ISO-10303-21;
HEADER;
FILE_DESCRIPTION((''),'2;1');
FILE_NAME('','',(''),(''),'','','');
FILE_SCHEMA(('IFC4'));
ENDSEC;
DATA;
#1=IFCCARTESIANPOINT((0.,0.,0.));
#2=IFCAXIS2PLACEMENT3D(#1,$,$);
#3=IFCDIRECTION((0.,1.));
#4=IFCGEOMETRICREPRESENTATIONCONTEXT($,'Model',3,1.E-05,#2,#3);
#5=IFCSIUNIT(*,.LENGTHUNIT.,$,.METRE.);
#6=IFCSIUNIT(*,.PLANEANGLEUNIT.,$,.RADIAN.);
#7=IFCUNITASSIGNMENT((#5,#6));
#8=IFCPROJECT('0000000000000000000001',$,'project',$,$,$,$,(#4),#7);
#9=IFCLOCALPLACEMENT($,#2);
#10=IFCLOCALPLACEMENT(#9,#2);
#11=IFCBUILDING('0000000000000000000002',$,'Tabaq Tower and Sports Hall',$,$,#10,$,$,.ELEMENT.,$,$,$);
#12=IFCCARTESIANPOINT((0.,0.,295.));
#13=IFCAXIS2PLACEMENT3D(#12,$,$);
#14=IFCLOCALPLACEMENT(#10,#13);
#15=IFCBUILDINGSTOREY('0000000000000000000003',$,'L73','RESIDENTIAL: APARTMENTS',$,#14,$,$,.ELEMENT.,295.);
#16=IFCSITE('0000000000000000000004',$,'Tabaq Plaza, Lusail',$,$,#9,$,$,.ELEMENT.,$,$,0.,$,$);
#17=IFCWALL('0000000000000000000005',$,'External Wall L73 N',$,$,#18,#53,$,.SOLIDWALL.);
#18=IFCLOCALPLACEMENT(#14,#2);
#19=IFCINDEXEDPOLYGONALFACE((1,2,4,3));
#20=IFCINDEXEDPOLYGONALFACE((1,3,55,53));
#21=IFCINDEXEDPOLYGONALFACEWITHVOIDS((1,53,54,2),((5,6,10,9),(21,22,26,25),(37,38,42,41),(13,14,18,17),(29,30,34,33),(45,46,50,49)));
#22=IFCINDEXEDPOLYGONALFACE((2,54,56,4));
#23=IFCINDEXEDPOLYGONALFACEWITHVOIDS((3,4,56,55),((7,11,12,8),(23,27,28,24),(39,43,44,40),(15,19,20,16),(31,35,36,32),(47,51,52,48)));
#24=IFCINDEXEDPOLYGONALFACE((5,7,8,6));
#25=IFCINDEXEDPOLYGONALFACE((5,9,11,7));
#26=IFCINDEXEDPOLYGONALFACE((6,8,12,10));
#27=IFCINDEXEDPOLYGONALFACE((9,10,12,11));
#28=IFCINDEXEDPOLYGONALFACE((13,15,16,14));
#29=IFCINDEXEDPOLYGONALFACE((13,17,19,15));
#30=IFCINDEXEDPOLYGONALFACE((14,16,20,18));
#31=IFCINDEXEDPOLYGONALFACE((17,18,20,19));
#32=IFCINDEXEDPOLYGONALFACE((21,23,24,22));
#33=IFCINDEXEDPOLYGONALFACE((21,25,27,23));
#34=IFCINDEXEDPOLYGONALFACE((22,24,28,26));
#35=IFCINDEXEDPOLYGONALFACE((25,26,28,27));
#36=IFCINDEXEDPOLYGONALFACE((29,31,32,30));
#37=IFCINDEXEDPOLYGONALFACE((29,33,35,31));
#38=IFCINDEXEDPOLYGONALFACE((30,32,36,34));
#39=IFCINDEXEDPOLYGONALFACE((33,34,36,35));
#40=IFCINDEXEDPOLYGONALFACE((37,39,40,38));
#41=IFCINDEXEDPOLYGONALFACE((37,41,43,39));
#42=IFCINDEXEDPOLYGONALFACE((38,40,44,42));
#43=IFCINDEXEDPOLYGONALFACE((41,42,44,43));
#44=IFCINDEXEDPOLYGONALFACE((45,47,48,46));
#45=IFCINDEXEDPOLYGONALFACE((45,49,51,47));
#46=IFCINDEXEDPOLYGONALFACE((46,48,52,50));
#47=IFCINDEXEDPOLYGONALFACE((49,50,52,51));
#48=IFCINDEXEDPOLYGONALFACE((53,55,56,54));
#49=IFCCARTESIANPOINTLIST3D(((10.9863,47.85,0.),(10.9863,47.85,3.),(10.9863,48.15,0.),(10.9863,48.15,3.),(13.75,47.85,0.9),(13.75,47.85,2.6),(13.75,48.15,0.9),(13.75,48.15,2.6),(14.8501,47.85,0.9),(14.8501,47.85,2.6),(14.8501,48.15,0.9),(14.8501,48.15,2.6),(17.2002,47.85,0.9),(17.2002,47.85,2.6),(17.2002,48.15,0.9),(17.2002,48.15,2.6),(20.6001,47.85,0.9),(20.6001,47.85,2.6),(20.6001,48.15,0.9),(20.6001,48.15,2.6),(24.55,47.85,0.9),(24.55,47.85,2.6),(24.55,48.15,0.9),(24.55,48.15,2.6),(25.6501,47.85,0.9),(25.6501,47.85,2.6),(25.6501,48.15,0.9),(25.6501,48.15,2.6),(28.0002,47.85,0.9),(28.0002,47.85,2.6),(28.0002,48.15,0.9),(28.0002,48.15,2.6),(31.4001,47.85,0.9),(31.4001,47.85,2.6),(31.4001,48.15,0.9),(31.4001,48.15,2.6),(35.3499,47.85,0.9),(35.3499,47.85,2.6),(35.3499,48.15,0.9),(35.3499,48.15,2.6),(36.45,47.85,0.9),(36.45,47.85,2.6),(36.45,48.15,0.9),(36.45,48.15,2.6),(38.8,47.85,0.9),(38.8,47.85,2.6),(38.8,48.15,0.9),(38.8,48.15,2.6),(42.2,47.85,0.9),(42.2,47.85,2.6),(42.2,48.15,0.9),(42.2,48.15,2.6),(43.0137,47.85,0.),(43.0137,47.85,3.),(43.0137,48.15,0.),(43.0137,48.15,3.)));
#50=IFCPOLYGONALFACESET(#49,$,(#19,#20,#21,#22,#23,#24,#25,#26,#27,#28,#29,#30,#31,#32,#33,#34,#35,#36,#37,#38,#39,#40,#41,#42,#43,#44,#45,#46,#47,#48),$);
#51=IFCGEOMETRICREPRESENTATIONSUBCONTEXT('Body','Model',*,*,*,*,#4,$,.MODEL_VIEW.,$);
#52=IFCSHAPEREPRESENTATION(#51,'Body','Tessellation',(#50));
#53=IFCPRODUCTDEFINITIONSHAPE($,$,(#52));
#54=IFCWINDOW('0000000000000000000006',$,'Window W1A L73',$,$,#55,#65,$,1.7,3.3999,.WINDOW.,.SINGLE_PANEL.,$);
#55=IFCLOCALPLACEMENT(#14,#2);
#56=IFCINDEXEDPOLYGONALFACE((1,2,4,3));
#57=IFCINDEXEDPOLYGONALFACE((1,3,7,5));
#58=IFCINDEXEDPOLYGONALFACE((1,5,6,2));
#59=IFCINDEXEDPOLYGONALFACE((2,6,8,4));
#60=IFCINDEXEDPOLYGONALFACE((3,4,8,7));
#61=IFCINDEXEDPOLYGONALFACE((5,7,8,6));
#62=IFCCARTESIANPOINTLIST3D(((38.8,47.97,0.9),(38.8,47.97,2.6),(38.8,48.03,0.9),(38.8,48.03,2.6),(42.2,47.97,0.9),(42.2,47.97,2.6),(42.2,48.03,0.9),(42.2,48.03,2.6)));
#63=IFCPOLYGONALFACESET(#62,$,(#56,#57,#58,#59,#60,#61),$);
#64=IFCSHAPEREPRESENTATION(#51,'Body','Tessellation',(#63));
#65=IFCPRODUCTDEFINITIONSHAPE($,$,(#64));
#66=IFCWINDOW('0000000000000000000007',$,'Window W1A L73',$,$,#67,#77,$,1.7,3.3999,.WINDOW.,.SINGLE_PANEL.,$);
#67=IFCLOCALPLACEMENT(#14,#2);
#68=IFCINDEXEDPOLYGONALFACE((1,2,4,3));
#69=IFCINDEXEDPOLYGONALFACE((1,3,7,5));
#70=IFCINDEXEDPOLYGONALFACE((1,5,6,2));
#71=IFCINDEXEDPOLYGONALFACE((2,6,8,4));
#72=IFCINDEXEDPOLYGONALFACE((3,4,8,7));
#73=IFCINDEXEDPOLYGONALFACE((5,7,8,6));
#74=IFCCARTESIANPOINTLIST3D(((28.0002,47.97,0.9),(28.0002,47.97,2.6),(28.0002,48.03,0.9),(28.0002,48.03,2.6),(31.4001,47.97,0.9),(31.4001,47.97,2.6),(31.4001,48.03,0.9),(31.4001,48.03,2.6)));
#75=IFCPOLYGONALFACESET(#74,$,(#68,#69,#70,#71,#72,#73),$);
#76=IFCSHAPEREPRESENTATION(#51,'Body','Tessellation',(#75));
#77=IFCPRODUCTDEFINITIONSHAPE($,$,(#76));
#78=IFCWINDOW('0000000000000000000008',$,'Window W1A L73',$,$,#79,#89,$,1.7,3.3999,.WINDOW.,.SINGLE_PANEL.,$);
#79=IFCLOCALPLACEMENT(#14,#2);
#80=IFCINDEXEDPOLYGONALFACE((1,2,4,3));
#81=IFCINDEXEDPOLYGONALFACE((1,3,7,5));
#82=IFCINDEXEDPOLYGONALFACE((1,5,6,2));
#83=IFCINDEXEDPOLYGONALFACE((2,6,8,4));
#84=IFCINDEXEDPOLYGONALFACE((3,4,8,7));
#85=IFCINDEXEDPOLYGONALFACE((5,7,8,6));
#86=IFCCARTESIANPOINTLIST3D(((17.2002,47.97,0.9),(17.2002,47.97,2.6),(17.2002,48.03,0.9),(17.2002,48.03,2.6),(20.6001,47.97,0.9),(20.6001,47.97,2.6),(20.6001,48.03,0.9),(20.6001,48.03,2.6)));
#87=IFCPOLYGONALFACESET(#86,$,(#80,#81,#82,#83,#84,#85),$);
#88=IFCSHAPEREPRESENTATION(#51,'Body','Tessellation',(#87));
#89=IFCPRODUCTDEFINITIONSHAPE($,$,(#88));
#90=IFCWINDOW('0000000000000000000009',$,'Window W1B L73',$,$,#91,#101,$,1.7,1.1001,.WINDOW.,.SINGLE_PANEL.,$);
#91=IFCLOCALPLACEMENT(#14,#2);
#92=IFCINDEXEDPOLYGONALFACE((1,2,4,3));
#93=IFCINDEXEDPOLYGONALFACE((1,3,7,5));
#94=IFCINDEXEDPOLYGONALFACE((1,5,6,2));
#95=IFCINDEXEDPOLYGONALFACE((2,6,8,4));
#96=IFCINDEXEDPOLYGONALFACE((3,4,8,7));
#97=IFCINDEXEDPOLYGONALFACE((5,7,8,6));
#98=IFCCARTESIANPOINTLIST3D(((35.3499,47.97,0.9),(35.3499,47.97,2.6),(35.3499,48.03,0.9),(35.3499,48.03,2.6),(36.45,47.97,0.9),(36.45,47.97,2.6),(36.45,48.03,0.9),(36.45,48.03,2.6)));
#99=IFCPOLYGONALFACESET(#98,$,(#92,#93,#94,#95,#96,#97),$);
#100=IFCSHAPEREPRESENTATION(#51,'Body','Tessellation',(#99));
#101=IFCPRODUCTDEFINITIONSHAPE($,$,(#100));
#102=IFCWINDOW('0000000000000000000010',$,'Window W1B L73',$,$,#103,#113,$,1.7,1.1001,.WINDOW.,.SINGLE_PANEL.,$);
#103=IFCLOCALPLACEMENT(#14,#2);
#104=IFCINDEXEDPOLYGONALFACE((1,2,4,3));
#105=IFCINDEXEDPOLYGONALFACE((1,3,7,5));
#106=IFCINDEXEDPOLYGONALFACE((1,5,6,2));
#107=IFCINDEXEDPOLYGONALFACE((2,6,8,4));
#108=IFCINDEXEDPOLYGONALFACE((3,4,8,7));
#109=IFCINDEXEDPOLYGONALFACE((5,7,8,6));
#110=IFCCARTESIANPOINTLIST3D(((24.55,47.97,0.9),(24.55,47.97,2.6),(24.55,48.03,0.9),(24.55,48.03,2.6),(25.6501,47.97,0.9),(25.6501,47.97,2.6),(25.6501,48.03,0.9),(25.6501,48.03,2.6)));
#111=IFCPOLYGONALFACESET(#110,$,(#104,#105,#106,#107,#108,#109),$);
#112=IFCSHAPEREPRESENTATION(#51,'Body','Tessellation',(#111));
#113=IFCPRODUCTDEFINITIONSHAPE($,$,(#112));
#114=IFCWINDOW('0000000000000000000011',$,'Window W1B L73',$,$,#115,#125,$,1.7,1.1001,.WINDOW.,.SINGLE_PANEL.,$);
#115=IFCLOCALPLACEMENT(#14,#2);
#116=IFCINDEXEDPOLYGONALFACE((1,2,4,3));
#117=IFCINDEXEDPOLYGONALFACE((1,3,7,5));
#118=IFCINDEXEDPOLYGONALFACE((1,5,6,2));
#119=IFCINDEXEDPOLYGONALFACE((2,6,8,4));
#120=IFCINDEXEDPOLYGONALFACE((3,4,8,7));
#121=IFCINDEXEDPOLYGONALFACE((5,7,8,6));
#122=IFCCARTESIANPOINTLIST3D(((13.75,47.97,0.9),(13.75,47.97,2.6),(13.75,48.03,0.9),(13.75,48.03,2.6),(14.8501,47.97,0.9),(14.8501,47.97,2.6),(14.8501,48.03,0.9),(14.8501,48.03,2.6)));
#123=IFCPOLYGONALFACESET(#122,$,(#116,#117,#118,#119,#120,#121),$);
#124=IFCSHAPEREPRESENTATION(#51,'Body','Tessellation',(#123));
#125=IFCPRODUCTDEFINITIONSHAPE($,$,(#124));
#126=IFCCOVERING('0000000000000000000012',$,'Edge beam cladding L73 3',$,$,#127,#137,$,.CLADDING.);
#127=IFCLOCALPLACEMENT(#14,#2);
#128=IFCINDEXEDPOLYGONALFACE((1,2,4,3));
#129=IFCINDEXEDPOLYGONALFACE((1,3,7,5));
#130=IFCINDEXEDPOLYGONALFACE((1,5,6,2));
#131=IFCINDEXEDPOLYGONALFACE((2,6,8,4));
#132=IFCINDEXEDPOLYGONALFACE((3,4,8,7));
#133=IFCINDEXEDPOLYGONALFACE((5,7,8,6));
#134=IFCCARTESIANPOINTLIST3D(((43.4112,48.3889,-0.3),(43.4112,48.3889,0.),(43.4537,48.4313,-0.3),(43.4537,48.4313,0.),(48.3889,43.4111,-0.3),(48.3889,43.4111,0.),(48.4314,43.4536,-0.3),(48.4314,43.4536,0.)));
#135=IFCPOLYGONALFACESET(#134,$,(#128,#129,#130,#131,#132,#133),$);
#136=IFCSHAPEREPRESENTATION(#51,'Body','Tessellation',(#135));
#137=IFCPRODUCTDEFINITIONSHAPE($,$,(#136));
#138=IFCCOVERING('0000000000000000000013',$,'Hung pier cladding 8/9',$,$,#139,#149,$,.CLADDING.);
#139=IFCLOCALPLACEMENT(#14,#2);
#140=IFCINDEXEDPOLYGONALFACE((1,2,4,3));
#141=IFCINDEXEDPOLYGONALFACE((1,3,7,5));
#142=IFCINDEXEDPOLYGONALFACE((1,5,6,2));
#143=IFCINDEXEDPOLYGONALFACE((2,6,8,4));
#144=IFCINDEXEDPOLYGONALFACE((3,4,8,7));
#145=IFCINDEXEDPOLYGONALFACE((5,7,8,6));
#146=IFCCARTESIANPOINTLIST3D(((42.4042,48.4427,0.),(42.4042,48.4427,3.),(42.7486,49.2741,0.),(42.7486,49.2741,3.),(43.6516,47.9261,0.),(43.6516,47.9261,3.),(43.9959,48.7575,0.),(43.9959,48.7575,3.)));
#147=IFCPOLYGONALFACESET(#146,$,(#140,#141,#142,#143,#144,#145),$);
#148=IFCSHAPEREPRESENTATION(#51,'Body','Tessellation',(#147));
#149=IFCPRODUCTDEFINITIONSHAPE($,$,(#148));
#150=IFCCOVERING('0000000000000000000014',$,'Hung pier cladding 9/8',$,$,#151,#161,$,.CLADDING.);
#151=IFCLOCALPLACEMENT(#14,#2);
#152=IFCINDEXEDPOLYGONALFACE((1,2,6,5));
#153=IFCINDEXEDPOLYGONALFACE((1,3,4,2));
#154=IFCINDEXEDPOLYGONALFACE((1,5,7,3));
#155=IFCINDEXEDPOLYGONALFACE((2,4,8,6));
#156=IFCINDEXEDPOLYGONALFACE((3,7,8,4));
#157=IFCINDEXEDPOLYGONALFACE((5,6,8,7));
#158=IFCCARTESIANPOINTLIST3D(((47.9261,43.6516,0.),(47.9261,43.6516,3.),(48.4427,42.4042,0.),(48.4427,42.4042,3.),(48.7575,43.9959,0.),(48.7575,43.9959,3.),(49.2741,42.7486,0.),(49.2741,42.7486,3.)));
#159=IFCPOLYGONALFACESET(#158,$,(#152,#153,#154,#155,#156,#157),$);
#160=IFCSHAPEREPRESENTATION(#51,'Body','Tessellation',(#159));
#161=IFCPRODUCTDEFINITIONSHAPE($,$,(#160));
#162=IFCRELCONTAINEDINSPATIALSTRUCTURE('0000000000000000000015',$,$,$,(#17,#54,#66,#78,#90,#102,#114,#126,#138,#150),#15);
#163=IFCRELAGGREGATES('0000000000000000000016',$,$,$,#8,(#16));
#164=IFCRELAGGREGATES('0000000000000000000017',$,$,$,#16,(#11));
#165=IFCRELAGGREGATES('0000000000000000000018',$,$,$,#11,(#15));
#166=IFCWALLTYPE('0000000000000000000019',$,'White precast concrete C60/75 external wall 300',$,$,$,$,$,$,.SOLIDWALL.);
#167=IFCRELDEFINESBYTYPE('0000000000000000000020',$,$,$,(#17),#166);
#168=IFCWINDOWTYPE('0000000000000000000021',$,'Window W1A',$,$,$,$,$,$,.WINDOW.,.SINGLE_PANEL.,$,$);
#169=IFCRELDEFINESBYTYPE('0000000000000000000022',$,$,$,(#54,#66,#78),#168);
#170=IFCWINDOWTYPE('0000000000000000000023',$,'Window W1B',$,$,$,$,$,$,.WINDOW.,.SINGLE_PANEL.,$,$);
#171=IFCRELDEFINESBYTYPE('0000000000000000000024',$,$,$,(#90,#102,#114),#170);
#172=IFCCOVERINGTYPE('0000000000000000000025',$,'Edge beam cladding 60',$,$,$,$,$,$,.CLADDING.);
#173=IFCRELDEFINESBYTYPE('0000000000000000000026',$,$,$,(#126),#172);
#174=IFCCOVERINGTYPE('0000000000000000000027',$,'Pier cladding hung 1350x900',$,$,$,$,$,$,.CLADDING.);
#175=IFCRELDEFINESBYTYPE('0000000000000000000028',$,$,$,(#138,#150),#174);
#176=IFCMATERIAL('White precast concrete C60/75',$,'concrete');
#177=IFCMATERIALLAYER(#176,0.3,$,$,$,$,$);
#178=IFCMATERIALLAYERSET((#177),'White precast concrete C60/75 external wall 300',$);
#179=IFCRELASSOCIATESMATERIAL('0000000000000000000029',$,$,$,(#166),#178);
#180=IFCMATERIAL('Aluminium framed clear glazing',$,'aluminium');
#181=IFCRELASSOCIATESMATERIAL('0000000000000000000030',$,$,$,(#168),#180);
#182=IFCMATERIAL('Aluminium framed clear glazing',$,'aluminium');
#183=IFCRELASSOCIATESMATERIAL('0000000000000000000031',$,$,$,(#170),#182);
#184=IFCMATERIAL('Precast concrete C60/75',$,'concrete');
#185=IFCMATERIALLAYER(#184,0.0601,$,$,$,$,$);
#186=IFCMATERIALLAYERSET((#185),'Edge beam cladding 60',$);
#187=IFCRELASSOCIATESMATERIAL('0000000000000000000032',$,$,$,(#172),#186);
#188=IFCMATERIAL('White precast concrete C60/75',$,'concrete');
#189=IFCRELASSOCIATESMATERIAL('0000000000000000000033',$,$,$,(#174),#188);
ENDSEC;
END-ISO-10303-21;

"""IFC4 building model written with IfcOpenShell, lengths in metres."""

from ifc_helpers import new_model, si_unit, direction, frame, frame_2d, origin, place, context, subcontext, project, spatial, rectangle, extrude, material, layer, layer_set, type_object, element, fill, save


model = new_model("IFC4")

# Units and contexts
model_context = context("Model", 3, precision=1e-05, world=origin(), true_north=direction((0.0, 1.0)))
body_context = subcontext(model_context, "Body", "Model", "MODEL_VIEW")
ifc_project = project(units=[si_unit("LENGTHUNIT", "METRE"), si_unit("PLANEANGLEUNIT", "RADIAN")], contexts=[model_context])

# Site, building, storey
site_placement = place(None, origin())
site = spatial("IfcSite", under=ifc_project, at=site_placement, Name="Tabaq Plaza, Lusail", CompositionType="ELEMENT", RefElevation=0.0)
building_placement = place(site_placement, origin())
building = spatial("IfcBuilding", under=site, at=building_placement, Name="Tabaq Tower and Sports Hall", CompositionType="ELEMENT")
storey_placement = place(building_placement, frame((0.0, 0.0, 295.0)))
storey = spatial("IfcBuildingStorey", under=building, at=storey_placement, Name="L73", Description="RESIDENTIAL: APARTMENTS", CompositionType="ELEMENT", Elevation=295.0)

# Shared definitions
ifc_material_1 = material(Name="White precast concrete C60/75", Category="concrete")
ifc_layer_1 = layer(ifc_material_1, 0.3)
ifc_layer_set_1 = layer_set([ifc_layer_1], Name="White precast concrete C60/75 external wall 300")
wall_type_1 = type_object("IfcWallType", Name="White precast concrete C60/75 external wall 300", PredefinedType="SOLIDWALL", material=ifc_layer_set_1)
ifc_material_2 = material(Name="Aluminium framed clear glazing", Category="aluminium")
window_type_1 = type_object("IfcWindowType", Name="Window W1A", PartitioningType="SINGLE_PANEL", PredefinedType="WINDOW", material=ifc_material_2)

# Wall, openings, windows
wall_1_placement = place(storey_placement, frame((43.0137, 48.0, 0.0), z_axis=(0.0, 0.0, 1.0), x_axis=(-1.0, 0.0, 0.0)))
wall_1 = element("IfcWall", 1, at=wall_1_placement, inside=storey, type_object=wall_type_1, Name="External Wall L73 N", PredefinedType="SOLIDWALL", context=body_context, shape_type="SweptSolid", body=[
    extrude(rectangle(XDim=32.0273, YDim=0.3, at=frame_2d((16.0137, 0.0))), origin(), (0.0, 0.0, 1.0), 3.0),
])
opening_1_placement = place(wall_1_placement, frame((0.8137, 0.0, 0.8999)))
opening_1 = element("IfcOpeningElement", 2, at=opening_1_placement, cuts=wall_1, PredefinedType="OPENING", context=body_context, shape_type="SweptSolid", body=[
    extrude(rectangle(XDim=3.3999, YDim=1.7, at=frame_2d((1.7, 0.8501))), frame((0.0, 0.1602, 0.0), z_axis=(0.0, -1.0, 0.0), x_axis=(1.0, 0.0, 0.0)), (0.0, 0.0, 1.0), 0.3201),
])
opening_2_placement = place(wall_1_placement, frame((6.5637, 0.0, 0.8999)))
opening_2 = element("IfcOpeningElement", 3, at=opening_2_placement, cuts=wall_1, PredefinedType="OPENING", context=body_context, shape_type="SweptSolid", body=[
    extrude(rectangle(XDim=1.1001, YDim=1.7, at=frame_2d((0.55, 0.8501))), frame((0.0, 0.1602, 0.0), z_axis=(0.0, -1.0, 0.0), x_axis=(1.0, 0.0, 0.0)), (0.0, 0.0, 1.0), 0.3201),
])
opening_3_placement = place(wall_1_placement, frame((11.6135, 0.0, 0.8999)))
opening_3 = element("IfcOpeningElement", 4, at=opening_3_placement, cuts=wall_1, PredefinedType="OPENING", context=body_context, shape_type="SweptSolid", body=[
    extrude(rectangle(XDim=3.3999, YDim=1.7, at=frame_2d((1.7, 0.8501))), frame((0.0, 0.1602, 0.0), z_axis=(0.0, -1.0, 0.0), x_axis=(1.0, 0.0, 0.0)), (0.0, 0.0, 1.0), 0.3201),
])
opening_4_placement = place(wall_1_placement, frame((17.3635, 0.0, 0.8999)))
opening_4 = element("IfcOpeningElement", 5, at=opening_4_placement, cuts=wall_1, PredefinedType="OPENING", context=body_context, shape_type="SweptSolid", body=[
    extrude(rectangle(XDim=1.1001, YDim=1.7, at=frame_2d((0.55, 0.8501))), frame((0.0, 0.1602, 0.0), z_axis=(0.0, -1.0, 0.0), x_axis=(1.0, 0.0, 0.0)), (0.0, 0.0, 1.0), 0.3201),
])
opening_5_placement = place(wall_1_placement, frame((22.4136, 0.0, 0.8999)))
opening_5 = element("IfcOpeningElement", 6, at=opening_5_placement, cuts=wall_1, PredefinedType="OPENING", context=body_context, shape_type="SweptSolid", body=[
    extrude(rectangle(XDim=3.3999, YDim=1.7, at=frame_2d((1.7, 0.8501))), frame((0.0, 0.1602, 0.0), z_axis=(0.0, -1.0, 0.0), x_axis=(1.0, 0.0, 0.0)), (0.0, 0.0, 1.0), 0.3201),
])
opening_6_placement = place(wall_1_placement, frame((28.1636, 0.0, 0.8999)))
opening_6 = element("IfcOpeningElement", 7, at=opening_6_placement, cuts=wall_1, PredefinedType="OPENING", context=body_context, shape_type="SweptSolid", body=[
    extrude(rectangle(XDim=1.1001, YDim=1.7, at=frame_2d((0.55, 0.8501))), frame((0.0, 0.1602, 0.0), z_axis=(0.0, -1.0, 0.0), x_axis=(1.0, 0.0, 0.0)), (0.0, 0.0, 1.0), 0.3201),
])
window_1_placement = place(opening_1_placement, origin())
window_1 = element("IfcWindow", 8, at=window_1_placement, inside=storey, type_object=window_type_1, Name="Window W1A L73", OverallHeight=1.7, OverallWidth=3.3999, PartitioningType="SINGLE_PANEL", PredefinedType="WINDOW", context=body_context, shape_type="SweptSolid", body=[
    extrude(rectangle(XDim=3.3999, YDim=1.7, at=frame_2d((1.7, 0.8501))), frame((0.0, 0.03, 0.0), z_axis=(0.0, -1.0, 0.0), x_axis=(1.0, 0.0, 0.0)), (0.0, 0.0, 1.0), 0.0601),
])
fill(opening_1, window_1)
window_2_placement = place(opening_3_placement, origin())
window_2 = element("IfcWindow", 9, at=window_2_placement, inside=storey, type_object=window_type_1, Name="Window W1A L73", OverallHeight=1.7, OverallWidth=3.3999, PartitioningType="SINGLE_PANEL", PredefinedType="WINDOW", context=body_context, shape_type="SweptSolid", body=[
    extrude(rectangle(XDim=3.3999, YDim=1.7, at=frame_2d((1.7, 0.8501))), frame((0.0, 0.03, 0.0), z_axis=(0.0, -1.0, 0.0), x_axis=(1.0, 0.0, 0.0)), (0.0, 0.0, 1.0), 0.0601),
])
fill(opening_3, window_2)
window_3_placement = place(opening_5_placement, origin())
window_3 = element("IfcWindow", 10, at=window_3_placement, inside=storey, type_object=window_type_1, Name="Window W1A L73", OverallHeight=1.7, OverallWidth=3.3999, PartitioningType="SINGLE_PANEL", PredefinedType="WINDOW", context=body_context, shape_type="SweptSolid", body=[
    extrude(rectangle(XDim=3.3999, YDim=1.7, at=frame_2d((1.7, 0.8501))), frame((0.0, 0.03, 0.0), z_axis=(0.0, -1.0, 0.0), x_axis=(1.0, 0.0, 0.0)), (0.0, 0.0, 1.0), 0.0601),
])
fill(opening_5, window_3)
ifc_material_3 = material(Name="Aluminium framed clear glazing", Category="aluminium")
window_type_2 = type_object("IfcWindowType", Name="Window W1B", PartitioningType="SINGLE_PANEL", PredefinedType="WINDOW", material=ifc_material_3)
window_4_placement = place(opening_2_placement, origin())
window_4 = element("IfcWindow", 11, at=window_4_placement, inside=storey, type_object=window_type_2, Name="Window W1B L73", OverallHeight=1.7, OverallWidth=1.1001, PartitioningType="SINGLE_PANEL", PredefinedType="WINDOW", context=body_context, shape_type="SweptSolid", body=[
    extrude(rectangle(XDim=1.1001, YDim=1.7, at=frame_2d((0.55, 0.8501))), frame((0.0, 0.03, 0.0), z_axis=(0.0, -1.0, 0.0), x_axis=(1.0, 0.0, 0.0)), (0.0, 0.0, 1.0), 0.0601),
])
fill(opening_2, window_4)
window_5_placement = place(opening_4_placement, origin())
window_5 = element("IfcWindow", 12, at=window_5_placement, inside=storey, type_object=window_type_2, Name="Window W1B L73", OverallHeight=1.7, OverallWidth=1.1001, PartitioningType="SINGLE_PANEL", PredefinedType="WINDOW", context=body_context, shape_type="SweptSolid", body=[
    extrude(rectangle(XDim=1.1001, YDim=1.7, at=frame_2d((0.55, 0.8501))), frame((0.0, 0.03, 0.0), z_axis=(0.0, -1.0, 0.0), x_axis=(1.0, 0.0, 0.0)), (0.0, 0.0, 1.0), 0.0601),
])
fill(opening_4, window_5)
window_6_placement = place(opening_6_placement, origin())
window_6 = element("IfcWindow", 13, at=window_6_placement, inside=storey, type_object=window_type_2, Name="Window W1B L73", OverallHeight=1.7, OverallWidth=1.1001, PartitioningType="SINGLE_PANEL", PredefinedType="WINDOW", context=body_context, shape_type="SweptSolid", body=[
    extrude(rectangle(XDim=1.1001, YDim=1.7, at=frame_2d((0.55, 0.8501))), frame((0.0, 0.03, 0.0), z_axis=(0.0, -1.0, 0.0), x_axis=(1.0, 0.0, 0.0)), (0.0, 0.0, 1.0), 0.0601),
])
fill(opening_6, window_6)

# Coverings
ifc_material_4 = material(Name="Precast concrete C60/75", Category="concrete")
ifc_layer_2 = layer(ifc_material_4, 0.0601)
ifc_layer_set_2 = layer_set([ifc_layer_2], Name="Edge beam cladding 60")
covering_type_1 = type_object("IfcCoveringType", Name="Edge beam cladding 60", PredefinedType="CLADDING", material=ifc_layer_set_2)
covering_1_placement = place(storey_placement, frame((48.4102, 43.4324, -0.3), z_axis=(0.0, 0.0, 1.0), x_axis=(-0.707107, 0.707107, 0.0)))
element("IfcCovering", 14, at=covering_1_placement, inside=storey, type_object=covering_type_1, Name="Edge beam cladding L73 3", PredefinedType="CLADDING", context=body_context, shape_type="SweptSolid", body=[
    extrude(rectangle(XDim=7.0396, YDim=0.0601, at=frame_2d((3.5198, 0.0))), origin(), (0.0, 0.0, 1.0), 0.3),
])
ifc_material_5 = material(Name="White precast concrete C60/75", Category="concrete")
covering_type_2 = type_object("IfcCoveringType", Name="Pier cladding hung 1350x900", PredefinedType="CLADDING", material=ifc_material_5)
for number, where, z_axis, x_axis, name in (
    (15, (43.8237, 48.3418, 0.0), (0.0, 0.0, 1.0), (-0.923893, 0.38265, 0.0), "Hung pier cladding 8/9"),
    (16, (48.8584, 42.5764, 0.0), (0.0, 0.0, 1.0), (-0.38265, 0.923893, 0.0), "Hung pier cladding 9/8"),
):
    element("IfcCovering", number, at=place(storey_placement, frame(where, z_axis=z_axis, x_axis=x_axis)), inside=storey, type_object=covering_type_2, Name=name, PredefinedType="CLADDING", context=body_context, shape_type="SweptSolid", body=[
        extrude(rectangle(XDim=1.3501, YDim=0.8999, at=frame_2d((0.675, 0.0))), origin(), (0.0, 0.0, 1.0), 3.0),
    ])

save(model, "model.ifc")
